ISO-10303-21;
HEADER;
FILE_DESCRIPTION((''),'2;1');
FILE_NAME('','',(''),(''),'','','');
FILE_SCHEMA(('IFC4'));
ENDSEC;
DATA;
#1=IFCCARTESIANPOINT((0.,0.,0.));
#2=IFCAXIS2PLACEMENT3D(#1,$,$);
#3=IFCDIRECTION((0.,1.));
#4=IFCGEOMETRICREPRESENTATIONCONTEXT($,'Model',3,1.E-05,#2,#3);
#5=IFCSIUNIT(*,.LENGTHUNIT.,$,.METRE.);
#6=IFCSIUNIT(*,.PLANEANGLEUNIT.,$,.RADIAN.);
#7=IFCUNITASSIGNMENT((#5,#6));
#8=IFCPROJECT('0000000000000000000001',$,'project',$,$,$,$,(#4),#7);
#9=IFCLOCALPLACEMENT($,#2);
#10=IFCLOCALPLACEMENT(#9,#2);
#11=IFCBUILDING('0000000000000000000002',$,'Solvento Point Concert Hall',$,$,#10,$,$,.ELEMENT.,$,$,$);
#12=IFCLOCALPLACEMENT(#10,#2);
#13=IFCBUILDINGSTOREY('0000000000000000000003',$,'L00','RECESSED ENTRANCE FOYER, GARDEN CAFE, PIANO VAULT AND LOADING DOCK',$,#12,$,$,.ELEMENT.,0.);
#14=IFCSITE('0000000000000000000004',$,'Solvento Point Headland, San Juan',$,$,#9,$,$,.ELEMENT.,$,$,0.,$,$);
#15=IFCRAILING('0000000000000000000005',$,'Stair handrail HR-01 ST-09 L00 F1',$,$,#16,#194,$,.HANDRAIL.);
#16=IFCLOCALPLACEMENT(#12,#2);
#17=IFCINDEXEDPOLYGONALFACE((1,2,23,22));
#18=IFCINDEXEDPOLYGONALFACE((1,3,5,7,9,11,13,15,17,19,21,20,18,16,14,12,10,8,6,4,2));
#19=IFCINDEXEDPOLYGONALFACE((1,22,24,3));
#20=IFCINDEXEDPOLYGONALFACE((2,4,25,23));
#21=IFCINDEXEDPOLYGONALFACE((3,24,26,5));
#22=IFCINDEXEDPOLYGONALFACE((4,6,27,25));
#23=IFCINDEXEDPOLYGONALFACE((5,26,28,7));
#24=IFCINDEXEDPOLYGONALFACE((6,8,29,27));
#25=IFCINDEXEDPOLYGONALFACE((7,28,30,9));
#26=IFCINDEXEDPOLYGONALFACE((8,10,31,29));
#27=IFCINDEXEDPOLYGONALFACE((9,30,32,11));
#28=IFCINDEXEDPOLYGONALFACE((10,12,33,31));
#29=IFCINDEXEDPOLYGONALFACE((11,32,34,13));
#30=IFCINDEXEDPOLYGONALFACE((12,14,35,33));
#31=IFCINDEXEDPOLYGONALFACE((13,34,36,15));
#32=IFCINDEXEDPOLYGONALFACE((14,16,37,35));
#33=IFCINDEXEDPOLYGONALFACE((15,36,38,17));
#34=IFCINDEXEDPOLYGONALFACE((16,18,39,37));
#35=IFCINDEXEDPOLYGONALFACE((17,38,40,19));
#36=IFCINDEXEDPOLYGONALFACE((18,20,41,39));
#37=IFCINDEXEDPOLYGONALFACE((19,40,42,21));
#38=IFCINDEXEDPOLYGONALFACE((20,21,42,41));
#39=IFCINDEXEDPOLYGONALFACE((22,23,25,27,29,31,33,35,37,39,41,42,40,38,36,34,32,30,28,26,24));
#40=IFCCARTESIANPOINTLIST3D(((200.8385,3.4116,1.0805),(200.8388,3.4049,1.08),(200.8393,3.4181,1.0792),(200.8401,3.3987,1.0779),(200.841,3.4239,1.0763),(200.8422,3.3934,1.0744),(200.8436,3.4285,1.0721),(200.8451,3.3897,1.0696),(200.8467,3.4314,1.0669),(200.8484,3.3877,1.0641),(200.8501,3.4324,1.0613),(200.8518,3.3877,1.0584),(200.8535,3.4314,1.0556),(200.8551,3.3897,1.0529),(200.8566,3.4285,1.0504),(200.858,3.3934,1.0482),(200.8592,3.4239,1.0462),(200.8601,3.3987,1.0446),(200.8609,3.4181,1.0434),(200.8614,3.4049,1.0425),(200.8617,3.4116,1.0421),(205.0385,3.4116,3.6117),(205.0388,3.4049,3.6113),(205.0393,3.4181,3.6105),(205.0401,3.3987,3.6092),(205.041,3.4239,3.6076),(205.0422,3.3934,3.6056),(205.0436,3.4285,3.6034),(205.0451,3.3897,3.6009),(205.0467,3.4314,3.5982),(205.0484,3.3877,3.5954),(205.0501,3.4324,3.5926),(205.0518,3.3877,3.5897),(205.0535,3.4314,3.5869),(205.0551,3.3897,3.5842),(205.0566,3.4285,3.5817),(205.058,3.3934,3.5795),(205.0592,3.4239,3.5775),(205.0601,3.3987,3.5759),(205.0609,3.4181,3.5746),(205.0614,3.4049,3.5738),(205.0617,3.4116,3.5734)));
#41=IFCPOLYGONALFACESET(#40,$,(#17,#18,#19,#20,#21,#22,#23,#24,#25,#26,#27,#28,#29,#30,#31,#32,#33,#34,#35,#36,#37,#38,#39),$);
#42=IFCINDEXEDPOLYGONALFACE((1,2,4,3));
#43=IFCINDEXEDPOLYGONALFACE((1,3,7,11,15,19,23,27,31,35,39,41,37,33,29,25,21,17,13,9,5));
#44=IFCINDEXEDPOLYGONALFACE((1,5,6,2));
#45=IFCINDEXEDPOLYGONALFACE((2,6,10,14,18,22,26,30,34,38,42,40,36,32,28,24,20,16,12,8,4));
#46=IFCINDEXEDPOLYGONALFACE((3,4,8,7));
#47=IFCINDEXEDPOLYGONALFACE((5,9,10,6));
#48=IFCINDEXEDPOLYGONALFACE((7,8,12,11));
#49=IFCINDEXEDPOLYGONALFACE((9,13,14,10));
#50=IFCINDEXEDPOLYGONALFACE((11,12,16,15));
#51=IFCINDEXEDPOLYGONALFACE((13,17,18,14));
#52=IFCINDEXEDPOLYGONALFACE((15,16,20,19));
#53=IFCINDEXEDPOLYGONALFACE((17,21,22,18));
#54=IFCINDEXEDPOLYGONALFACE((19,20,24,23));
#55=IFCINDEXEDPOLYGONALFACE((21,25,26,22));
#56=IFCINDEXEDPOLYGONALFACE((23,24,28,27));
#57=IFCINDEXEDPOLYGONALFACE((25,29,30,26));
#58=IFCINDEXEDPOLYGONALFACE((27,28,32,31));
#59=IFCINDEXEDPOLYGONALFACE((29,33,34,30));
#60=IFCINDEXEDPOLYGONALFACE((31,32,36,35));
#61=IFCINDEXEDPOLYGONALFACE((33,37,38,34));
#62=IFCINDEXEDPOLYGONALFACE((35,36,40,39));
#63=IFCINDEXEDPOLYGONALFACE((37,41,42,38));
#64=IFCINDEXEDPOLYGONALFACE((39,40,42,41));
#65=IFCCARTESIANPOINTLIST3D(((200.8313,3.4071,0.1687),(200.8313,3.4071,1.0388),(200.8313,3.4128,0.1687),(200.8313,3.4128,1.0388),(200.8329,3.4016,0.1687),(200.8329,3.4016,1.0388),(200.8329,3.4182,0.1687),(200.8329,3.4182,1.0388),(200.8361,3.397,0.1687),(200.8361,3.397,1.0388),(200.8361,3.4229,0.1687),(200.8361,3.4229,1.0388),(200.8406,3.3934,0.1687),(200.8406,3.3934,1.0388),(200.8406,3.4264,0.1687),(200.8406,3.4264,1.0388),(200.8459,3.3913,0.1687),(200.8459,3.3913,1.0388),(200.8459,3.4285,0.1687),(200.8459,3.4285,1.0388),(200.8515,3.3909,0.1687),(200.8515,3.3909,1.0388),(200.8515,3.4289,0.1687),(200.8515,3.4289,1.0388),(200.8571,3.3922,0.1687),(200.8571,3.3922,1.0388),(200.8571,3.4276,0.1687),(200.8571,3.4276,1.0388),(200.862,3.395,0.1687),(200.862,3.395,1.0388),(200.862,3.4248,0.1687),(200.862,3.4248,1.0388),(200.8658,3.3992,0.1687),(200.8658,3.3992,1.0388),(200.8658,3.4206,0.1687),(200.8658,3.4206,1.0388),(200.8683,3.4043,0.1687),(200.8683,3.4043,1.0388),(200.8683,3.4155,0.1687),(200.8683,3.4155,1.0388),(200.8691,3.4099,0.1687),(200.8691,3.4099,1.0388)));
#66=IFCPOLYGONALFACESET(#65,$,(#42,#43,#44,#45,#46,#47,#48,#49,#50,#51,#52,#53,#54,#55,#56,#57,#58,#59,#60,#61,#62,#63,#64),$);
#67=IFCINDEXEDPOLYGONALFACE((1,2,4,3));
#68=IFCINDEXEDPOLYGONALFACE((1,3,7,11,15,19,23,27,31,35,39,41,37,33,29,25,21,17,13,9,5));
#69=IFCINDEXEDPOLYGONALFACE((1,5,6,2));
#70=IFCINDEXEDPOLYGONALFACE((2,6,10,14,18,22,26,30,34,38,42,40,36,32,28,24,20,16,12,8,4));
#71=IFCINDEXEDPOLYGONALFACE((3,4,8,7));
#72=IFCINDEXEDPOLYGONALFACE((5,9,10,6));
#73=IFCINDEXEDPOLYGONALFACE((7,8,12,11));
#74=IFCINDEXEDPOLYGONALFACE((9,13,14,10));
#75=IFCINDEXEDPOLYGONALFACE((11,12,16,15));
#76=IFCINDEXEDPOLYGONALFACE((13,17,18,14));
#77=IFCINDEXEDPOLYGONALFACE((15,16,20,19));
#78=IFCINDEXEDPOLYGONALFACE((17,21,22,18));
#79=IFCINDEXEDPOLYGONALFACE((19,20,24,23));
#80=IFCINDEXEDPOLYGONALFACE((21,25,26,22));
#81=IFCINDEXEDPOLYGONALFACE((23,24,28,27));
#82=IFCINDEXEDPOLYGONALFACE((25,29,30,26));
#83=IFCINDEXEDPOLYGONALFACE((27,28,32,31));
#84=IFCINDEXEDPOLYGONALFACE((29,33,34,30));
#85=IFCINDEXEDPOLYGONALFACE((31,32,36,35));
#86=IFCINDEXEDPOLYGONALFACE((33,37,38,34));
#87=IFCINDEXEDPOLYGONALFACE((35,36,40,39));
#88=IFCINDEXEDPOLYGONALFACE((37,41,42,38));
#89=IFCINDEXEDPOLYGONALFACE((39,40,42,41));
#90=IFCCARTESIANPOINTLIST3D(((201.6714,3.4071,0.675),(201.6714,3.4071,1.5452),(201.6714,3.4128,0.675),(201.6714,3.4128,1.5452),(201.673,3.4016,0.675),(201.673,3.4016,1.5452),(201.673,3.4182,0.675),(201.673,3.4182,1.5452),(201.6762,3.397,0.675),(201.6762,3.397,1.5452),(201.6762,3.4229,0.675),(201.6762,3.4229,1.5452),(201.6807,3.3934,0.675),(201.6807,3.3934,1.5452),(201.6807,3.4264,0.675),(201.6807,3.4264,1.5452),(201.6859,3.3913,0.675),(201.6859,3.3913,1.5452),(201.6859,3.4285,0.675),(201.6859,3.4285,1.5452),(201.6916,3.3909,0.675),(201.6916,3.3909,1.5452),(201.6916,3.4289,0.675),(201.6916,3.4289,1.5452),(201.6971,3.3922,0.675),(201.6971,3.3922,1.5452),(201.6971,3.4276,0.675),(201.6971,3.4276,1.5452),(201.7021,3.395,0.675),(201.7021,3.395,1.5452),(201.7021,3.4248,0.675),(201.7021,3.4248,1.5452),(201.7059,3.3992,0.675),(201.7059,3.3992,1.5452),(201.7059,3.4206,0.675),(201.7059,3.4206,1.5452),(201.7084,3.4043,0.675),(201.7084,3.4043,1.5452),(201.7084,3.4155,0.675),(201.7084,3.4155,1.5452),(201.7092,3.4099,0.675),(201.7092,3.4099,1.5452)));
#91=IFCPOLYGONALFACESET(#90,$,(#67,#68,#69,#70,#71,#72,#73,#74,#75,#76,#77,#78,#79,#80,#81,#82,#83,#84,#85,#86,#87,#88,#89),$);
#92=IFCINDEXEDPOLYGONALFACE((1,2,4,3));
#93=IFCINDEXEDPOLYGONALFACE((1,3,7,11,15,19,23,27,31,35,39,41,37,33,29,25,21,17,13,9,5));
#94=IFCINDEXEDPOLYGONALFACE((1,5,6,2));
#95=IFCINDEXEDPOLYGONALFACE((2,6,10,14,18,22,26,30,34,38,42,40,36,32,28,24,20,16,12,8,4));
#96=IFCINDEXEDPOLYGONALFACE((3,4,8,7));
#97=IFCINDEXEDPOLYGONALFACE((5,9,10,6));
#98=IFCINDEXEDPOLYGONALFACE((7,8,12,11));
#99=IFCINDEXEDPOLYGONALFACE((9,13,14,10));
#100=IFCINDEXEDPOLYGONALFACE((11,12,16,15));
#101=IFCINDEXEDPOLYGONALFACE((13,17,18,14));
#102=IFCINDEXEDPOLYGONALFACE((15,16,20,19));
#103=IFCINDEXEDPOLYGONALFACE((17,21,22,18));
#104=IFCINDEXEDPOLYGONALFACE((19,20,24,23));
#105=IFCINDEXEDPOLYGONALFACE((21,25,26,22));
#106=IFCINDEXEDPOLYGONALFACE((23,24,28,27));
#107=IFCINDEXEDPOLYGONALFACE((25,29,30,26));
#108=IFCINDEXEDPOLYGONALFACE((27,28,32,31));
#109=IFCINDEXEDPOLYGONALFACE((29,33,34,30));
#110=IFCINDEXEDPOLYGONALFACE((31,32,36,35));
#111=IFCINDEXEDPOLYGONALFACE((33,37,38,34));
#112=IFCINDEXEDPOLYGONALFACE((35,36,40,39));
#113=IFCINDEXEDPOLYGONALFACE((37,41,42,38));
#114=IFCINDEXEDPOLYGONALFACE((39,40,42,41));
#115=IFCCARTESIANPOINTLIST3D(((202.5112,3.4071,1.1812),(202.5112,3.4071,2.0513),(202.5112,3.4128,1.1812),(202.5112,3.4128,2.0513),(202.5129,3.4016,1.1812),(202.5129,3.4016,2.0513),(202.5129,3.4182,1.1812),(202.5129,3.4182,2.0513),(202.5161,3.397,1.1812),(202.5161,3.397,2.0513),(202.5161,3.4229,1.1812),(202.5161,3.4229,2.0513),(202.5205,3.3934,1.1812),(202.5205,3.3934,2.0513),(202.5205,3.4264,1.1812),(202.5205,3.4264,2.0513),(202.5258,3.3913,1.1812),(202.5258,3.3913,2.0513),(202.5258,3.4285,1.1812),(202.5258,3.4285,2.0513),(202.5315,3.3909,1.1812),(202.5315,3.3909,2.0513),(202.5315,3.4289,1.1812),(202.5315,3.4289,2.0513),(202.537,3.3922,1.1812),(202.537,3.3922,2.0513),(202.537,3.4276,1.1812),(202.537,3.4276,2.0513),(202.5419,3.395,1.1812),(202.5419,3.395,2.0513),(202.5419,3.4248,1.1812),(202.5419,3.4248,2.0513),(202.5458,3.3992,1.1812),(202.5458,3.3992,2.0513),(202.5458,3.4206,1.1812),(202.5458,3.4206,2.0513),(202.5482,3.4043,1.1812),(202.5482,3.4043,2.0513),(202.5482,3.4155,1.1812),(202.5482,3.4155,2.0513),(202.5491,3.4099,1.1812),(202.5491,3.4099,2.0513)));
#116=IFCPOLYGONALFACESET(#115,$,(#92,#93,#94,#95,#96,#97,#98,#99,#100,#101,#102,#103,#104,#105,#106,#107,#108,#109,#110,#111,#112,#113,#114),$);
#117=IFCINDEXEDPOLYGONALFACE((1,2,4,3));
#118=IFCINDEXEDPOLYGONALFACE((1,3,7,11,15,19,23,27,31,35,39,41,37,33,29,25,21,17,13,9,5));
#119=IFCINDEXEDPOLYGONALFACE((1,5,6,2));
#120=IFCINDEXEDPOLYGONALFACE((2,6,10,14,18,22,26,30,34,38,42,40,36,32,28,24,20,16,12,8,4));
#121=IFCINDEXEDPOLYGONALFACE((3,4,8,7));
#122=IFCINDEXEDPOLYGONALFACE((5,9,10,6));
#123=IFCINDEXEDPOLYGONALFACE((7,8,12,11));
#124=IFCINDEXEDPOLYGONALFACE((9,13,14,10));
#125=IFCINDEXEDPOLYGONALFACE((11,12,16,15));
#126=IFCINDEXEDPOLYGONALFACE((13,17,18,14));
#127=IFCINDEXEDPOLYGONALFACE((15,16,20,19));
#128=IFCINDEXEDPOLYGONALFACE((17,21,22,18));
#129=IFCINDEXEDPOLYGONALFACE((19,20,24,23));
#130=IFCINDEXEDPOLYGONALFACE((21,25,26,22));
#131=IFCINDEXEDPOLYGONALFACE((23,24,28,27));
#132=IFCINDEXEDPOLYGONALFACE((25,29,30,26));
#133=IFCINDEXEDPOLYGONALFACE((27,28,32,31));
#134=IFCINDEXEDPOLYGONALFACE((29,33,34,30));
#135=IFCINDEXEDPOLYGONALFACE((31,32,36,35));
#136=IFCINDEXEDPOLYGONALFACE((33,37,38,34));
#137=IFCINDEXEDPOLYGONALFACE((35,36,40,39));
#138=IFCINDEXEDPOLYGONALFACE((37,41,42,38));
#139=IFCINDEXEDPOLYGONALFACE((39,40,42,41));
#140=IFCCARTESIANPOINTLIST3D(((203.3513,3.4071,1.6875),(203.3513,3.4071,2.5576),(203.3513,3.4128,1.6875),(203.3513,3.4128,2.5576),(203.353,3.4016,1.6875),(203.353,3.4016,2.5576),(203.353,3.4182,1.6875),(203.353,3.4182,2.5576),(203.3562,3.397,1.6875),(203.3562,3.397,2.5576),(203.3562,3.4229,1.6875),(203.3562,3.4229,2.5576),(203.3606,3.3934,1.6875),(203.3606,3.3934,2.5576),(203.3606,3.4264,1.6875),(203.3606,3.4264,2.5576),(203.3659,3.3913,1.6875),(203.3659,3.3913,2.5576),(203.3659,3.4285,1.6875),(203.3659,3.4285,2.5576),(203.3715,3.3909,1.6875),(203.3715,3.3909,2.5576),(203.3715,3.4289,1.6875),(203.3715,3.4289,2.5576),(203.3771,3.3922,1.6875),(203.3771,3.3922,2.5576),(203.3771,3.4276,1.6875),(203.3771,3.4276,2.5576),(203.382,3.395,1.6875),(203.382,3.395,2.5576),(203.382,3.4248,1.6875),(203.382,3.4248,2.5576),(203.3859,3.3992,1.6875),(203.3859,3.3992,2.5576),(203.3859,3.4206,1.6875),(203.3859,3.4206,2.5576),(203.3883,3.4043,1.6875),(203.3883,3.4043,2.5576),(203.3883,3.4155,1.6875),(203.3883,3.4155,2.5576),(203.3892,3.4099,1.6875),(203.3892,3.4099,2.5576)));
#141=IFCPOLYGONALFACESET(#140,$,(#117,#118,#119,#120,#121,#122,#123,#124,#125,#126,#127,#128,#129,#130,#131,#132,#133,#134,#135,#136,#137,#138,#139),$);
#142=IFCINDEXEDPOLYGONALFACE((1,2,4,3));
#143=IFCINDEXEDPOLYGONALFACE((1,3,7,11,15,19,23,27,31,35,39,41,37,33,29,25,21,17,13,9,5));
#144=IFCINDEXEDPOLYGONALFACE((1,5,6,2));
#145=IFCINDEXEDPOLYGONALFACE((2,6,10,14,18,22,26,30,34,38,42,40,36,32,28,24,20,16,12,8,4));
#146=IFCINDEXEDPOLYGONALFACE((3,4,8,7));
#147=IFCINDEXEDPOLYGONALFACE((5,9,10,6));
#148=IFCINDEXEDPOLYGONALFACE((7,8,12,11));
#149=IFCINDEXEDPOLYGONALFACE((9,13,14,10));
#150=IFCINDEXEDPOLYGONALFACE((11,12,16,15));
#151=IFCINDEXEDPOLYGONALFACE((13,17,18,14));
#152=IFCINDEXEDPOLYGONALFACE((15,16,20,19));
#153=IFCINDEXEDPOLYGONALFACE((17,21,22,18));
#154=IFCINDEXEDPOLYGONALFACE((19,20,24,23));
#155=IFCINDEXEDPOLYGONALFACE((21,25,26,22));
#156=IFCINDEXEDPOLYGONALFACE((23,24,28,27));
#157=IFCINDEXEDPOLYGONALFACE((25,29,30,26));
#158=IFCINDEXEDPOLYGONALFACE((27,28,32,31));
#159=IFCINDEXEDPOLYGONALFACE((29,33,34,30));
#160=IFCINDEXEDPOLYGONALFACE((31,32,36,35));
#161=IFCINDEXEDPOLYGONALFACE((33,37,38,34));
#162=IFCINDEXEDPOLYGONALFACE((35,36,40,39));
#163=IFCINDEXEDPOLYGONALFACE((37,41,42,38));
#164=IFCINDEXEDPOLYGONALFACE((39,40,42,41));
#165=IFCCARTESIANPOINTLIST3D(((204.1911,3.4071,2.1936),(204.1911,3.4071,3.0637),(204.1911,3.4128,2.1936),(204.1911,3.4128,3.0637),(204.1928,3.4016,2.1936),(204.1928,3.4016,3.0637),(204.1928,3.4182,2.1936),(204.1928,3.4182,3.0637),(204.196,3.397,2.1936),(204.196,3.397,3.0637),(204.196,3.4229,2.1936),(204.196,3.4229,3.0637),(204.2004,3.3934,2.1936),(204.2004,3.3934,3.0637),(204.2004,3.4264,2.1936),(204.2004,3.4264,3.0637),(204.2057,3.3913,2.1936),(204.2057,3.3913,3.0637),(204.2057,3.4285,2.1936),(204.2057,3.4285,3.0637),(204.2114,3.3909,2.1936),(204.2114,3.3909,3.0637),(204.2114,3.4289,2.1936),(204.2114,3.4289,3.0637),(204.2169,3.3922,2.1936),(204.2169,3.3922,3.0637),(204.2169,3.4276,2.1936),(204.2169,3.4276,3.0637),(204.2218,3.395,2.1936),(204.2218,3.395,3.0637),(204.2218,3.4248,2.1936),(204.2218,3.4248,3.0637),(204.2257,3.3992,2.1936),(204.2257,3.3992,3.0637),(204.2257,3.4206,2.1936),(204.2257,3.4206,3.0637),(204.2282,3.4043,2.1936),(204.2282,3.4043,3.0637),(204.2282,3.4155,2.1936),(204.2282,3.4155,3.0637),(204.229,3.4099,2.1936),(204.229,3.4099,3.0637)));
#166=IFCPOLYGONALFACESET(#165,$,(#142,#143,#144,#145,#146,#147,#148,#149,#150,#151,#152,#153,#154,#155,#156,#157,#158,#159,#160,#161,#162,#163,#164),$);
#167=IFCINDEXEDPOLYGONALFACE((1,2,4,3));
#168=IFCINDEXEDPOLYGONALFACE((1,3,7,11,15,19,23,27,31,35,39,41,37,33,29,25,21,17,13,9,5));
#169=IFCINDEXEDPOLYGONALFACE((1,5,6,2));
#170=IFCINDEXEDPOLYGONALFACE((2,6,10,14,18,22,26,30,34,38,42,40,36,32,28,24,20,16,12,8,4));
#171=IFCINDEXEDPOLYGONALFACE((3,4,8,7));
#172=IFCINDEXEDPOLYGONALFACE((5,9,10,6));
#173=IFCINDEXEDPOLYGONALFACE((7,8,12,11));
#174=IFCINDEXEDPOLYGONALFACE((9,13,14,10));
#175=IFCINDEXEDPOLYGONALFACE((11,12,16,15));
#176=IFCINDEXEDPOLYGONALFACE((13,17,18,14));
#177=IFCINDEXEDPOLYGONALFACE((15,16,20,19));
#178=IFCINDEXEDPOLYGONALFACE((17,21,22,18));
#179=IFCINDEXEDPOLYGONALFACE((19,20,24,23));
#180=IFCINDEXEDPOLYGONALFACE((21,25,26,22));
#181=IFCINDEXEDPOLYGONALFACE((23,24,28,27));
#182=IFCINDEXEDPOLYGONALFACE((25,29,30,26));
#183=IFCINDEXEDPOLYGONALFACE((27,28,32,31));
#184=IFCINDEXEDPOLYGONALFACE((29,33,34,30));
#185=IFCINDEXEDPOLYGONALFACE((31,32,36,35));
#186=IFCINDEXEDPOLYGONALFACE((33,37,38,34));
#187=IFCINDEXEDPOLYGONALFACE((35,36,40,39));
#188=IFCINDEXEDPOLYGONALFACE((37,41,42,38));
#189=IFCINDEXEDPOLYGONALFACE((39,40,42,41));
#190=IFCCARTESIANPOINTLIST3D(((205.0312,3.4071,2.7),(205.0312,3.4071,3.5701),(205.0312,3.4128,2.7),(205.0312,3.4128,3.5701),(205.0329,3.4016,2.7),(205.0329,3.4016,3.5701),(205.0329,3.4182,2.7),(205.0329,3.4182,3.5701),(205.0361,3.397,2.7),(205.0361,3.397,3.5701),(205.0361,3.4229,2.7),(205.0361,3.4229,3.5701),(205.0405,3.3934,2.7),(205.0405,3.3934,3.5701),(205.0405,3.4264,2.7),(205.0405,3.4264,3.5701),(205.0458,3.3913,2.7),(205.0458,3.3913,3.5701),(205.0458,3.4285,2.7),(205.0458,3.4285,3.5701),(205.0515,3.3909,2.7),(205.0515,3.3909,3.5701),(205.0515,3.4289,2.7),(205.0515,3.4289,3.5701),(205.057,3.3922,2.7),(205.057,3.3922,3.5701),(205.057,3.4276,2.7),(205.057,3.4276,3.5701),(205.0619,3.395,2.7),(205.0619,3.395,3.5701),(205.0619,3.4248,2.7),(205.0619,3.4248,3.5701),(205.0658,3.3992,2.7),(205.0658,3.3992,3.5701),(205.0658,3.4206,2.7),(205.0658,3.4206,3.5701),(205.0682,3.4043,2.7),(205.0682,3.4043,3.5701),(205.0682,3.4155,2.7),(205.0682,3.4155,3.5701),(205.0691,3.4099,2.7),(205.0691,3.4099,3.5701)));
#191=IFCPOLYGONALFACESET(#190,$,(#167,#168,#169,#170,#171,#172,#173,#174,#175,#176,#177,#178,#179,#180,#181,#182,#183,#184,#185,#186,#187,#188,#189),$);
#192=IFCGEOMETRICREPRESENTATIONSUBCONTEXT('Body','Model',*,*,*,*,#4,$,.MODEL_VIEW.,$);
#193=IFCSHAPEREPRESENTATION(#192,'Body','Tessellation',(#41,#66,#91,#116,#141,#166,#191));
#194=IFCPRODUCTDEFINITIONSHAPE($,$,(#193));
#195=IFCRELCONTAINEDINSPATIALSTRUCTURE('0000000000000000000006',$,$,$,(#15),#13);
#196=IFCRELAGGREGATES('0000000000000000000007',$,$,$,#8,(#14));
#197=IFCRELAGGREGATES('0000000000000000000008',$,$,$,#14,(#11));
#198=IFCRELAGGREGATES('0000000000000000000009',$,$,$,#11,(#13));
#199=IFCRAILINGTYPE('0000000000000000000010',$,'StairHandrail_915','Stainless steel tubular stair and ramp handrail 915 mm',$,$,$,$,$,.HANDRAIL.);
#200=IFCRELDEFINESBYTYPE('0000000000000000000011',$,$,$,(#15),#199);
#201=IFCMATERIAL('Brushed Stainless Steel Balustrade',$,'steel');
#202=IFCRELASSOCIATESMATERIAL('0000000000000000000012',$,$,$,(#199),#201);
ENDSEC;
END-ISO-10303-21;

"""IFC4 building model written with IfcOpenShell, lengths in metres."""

from ifc_helpers import new_model, si_unit, direction, frame, origin, origin_2d, place, context, subcontext, project, spatial, circle, extrude, material, type_object, element, save


model = new_model("IFC4")

# Units and contexts
model_context = context("Model", 3, precision=1e-05, world=origin(), true_north=direction((0.0, 1.0)))
body_context = subcontext(model_context, "Body", "Model", "MODEL_VIEW")
ifc_project = project(units=[si_unit("LENGTHUNIT", "METRE"), si_unit("PLANEANGLEUNIT", "RADIAN")], contexts=[model_context])

# Site, building, storey
site_placement = place(None, origin())
site = spatial("IfcSite", under=ifc_project, at=site_placement, Name="Solvento Point Headland, San Juan", CompositionType="ELEMENT", RefElevation=0.0)
building_placement = place(site_placement, origin())
building = spatial("IfcBuilding", under=site, at=building_placement, Name="Solvento Point Concert Hall", CompositionType="ELEMENT")
storey_placement = place(building_placement, origin())
storey = spatial("IfcBuildingStorey", under=building, at=storey_placement, Name="L00", Description="RECESSED ENTRANCE FOYER, GARDEN CAFE, PIANO VAULT AND LOADING DOCK", CompositionType="ELEMENT", Elevation=0.0)

# Railing
ifc_material_1 = material(Name="Brushed Stainless Steel Balustrade", Category="steel")
railing_type_1 = type_object("IfcRailingType", Name="StairHandrail_915", Description="Stainless steel tubular stair and ramp handrail 915 mm", PredefinedType="HANDRAIL", material=ifc_material_1)
railing_1_placement = place(storey_placement, frame((200.8501, 3.4099, 0.1687)))
element("IfcRailing", 1, at=railing_1_placement, inside=storey, type_object=railing_type_1, Name="Stair handrail HR-01 ST-09 L00 F1", PredefinedType="HANDRAIL", context=body_context, shape_type="SweptSolid", body=[
    extrude(circle(Radius=0.0225, at=origin_2d()), frame((0.0, 0.0, 0.8926), z_axis=(0.856476, 0.0, 0.516186), x_axis=(0.0, 1.0, 0.0)), (0.0, 0.0, 1.0), 4.9038),
    extrude(circle(Radius=0.019, at=origin_2d()), origin(), (0.0, 0.0, 1.0), 0.8701),
    extrude(circle(Radius=0.019, at=origin_2d()), frame((0.8401, 0.0, 0.5063)), (0.0, 0.0, 1.0), 0.8701),
    extrude(circle(Radius=0.019, at=origin_2d()), frame((1.6799, 0.0, 1.0125)), (0.0, 0.0, 1.0), 0.8701),
    extrude(circle(Radius=0.019, at=origin_2d()), frame((2.52, 0.0, 1.5188)), (0.0, 0.0, 1.0), 0.8701),
    extrude(circle(Radius=0.019, at=origin_2d()), frame((3.3599, 0.0, 2.0249)), (0.0, 0.0, 1.0), 0.8701),
    extrude(circle(Radius=0.019, at=origin_2d()), frame((4.2, 0.0, 2.5312)), (0.0, 0.0, 1.0), 0.8701),
])

save(model, "model.ifc")
